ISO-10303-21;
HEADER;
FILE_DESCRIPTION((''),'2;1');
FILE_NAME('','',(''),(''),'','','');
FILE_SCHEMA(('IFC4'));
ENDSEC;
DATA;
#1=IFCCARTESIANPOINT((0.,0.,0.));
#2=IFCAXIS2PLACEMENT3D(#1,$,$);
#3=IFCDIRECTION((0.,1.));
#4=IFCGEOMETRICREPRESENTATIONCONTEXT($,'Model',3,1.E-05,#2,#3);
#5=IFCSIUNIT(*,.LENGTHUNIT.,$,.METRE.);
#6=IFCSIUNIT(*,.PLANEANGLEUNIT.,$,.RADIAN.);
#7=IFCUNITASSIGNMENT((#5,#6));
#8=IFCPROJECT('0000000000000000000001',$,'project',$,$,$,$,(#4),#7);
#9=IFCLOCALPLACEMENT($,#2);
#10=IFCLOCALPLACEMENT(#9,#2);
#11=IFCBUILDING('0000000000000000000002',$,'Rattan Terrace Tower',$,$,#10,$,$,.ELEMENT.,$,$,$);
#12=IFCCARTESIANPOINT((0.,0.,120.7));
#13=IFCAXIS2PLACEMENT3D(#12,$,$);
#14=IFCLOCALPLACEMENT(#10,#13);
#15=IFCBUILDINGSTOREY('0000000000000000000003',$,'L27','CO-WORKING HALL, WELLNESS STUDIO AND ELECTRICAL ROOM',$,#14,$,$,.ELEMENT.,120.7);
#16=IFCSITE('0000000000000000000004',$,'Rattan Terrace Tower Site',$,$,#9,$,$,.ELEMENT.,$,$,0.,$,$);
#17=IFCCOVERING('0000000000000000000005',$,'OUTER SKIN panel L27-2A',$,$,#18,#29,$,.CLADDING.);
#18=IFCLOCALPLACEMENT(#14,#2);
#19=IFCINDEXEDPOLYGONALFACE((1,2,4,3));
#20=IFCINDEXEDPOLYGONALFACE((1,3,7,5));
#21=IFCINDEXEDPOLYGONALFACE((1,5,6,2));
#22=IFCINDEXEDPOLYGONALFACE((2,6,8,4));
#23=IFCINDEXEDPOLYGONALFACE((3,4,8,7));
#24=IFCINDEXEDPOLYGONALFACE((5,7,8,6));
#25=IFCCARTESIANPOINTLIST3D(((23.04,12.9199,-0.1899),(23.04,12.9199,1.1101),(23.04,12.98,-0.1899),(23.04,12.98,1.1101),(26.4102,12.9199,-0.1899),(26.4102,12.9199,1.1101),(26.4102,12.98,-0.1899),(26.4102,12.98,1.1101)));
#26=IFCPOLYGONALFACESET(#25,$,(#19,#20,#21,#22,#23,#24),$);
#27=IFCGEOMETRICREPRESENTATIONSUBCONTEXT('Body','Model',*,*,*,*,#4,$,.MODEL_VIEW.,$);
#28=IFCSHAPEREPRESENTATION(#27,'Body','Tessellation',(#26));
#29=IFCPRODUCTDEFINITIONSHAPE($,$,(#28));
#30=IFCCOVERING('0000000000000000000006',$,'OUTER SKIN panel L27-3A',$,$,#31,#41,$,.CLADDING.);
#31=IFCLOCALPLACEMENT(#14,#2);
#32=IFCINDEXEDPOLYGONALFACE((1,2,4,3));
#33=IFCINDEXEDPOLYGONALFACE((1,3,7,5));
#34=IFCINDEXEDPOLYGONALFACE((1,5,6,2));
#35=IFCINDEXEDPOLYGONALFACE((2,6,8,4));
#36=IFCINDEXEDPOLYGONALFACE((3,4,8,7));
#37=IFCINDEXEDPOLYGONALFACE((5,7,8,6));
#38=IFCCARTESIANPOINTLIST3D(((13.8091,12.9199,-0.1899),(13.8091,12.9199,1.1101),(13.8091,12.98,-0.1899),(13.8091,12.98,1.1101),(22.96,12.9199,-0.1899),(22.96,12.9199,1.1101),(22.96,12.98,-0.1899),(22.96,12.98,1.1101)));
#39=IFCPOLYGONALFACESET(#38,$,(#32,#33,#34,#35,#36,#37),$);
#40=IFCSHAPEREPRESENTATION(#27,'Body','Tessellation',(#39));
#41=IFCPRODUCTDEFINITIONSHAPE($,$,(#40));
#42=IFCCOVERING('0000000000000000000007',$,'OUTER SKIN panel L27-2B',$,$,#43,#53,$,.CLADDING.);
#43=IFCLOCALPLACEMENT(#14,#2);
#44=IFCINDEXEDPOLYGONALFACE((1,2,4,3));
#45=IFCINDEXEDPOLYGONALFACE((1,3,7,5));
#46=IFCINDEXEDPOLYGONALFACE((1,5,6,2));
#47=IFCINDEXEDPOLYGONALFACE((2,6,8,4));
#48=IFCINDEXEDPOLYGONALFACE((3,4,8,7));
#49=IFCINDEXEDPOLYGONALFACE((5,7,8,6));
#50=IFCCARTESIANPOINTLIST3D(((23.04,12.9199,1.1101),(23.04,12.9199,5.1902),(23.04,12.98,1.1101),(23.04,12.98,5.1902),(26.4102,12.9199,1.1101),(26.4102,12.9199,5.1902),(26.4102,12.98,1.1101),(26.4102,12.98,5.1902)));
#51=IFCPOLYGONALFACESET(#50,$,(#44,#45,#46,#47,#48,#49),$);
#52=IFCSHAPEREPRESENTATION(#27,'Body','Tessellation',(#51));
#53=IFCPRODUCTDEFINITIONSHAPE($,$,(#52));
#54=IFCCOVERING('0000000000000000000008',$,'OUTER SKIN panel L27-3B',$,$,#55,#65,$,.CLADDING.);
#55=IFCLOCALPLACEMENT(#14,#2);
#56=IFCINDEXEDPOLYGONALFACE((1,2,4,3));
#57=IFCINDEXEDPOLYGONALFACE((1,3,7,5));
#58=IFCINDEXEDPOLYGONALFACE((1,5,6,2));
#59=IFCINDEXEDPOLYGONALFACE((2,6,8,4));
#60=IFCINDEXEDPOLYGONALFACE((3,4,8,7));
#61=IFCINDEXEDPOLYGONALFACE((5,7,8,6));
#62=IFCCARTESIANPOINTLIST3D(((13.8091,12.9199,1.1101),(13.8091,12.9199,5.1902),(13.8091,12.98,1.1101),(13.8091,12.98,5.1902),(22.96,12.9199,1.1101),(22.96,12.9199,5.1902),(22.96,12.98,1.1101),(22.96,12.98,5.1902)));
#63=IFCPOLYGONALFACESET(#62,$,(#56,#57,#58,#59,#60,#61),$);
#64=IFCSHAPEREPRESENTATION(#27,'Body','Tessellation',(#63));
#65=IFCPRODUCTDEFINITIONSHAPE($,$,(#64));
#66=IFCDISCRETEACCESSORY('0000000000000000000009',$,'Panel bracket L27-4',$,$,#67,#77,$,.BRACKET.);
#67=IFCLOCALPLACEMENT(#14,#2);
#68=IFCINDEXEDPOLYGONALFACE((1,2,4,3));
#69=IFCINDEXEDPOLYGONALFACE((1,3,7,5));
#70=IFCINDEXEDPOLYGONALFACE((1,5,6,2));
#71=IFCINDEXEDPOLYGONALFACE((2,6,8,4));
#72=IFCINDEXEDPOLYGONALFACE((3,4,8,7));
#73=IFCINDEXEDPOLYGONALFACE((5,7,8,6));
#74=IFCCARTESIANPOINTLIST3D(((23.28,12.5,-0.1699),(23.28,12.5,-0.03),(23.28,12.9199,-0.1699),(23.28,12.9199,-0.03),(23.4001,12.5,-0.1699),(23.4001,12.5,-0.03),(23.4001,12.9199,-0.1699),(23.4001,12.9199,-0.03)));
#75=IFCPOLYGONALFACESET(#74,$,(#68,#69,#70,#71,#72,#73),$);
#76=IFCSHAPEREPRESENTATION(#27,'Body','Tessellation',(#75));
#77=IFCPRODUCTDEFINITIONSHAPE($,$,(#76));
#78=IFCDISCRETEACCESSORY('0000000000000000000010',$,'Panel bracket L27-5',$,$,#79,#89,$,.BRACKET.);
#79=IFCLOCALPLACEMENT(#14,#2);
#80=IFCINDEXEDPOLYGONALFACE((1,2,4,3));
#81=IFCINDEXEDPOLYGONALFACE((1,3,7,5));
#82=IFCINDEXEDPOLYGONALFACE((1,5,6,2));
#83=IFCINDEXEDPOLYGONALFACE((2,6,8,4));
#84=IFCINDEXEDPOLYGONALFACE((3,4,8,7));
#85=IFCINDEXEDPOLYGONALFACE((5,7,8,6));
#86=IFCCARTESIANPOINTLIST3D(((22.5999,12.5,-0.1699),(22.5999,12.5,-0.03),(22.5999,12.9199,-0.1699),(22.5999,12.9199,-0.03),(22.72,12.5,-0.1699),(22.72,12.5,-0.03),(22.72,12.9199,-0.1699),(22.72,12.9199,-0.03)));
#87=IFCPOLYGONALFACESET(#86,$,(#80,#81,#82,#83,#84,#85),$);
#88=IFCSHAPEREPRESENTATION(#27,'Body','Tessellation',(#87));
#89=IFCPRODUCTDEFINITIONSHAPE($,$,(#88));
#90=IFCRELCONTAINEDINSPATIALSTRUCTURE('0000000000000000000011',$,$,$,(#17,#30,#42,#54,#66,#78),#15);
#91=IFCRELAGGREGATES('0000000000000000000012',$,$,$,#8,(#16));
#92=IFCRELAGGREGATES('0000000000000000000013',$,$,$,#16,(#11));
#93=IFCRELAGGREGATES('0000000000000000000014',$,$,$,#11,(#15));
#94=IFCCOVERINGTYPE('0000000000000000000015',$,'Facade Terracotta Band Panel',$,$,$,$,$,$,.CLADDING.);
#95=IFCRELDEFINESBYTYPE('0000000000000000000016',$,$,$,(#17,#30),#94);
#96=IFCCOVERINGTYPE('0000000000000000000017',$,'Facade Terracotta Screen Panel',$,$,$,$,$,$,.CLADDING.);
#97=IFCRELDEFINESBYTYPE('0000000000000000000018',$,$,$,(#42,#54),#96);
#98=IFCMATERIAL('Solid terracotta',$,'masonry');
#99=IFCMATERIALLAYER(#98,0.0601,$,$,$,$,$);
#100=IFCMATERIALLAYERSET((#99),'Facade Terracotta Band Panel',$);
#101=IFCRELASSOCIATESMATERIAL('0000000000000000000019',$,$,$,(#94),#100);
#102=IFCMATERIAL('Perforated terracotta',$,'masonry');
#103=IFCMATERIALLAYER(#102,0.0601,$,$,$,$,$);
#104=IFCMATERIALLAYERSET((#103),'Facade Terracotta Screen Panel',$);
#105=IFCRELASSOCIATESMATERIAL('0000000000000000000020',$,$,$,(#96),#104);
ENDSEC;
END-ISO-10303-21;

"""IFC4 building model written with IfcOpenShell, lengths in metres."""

from ifc_helpers import new_model, si_unit, direction, frame, origin, origin_2d, place, context, subcontext, project, spatial, rectangle, extrude, material, layer, layer_set, type_object, element, save


model = new_model("IFC4")

# Units and contexts
model_context = context("Model", 3, precision=1e-05, world=origin(), true_north=direction((0.0, 1.0)))
body_context = subcontext(model_context, "Body", "Model", "MODEL_VIEW")
ifc_project = project(units=[si_unit("LENGTHUNIT", "METRE"), si_unit("PLANEANGLEUNIT", "RADIAN")], contexts=[model_context])

# Site, building, storey
site_placement = place(None, origin())
site = spatial("IfcSite", under=ifc_project, at=site_placement, Name="Rattan Terrace Tower Site", CompositionType="ELEMENT", RefElevation=0.0)
building_placement = place(site_placement, origin())
building = spatial("IfcBuilding", under=site, at=building_placement, Name="Rattan Terrace Tower", CompositionType="ELEMENT")
storey_placement = place(building_placement, frame((0.0, 0.0, 120.7)))
storey = spatial("IfcBuildingStorey", under=building, at=storey_placement, Name="L27", Description="CO-WORKING HALL, WELLNESS STUDIO AND ELECTRICAL ROOM", CompositionType="ELEMENT", Elevation=120.7)

# Coverings
ifc_material_1 = material(Name="Solid terracotta", Category="masonry")
ifc_layer_1 = layer(ifc_material_1, 0.0601)
ifc_layer_set_1 = layer_set([ifc_layer_1], Name="Facade Terracotta Band Panel")
covering_type_1 = type_object("IfcCoveringType", Name="Facade Terracotta Band Panel", PredefinedType="CLADDING", material=ifc_layer_set_1)
covering_1_placement = place(storey_placement, frame((24.7251, 12.95, -0.1899), z_axis=(0.0, 0.0, 1.0), x_axis=(-1.0, 0.0, 0.0)))
element("IfcCovering", 1, at=covering_1_placement, inside=storey, type_object=covering_type_1, Name="OUTER SKIN panel L27-2A", PredefinedType="CLADDING", context=body_context, shape_type="SweptSolid", body=[
    extrude(rectangle(XDim=3.3701, YDim=0.0601, at=origin_2d()), origin(), (0.0, 0.0, 1.0), 1.3),
])
covering_2_placement = place(storey_placement, frame((18.3845, 12.95, -0.1899), z_axis=(0.0, 0.0, 1.0), x_axis=(-1.0, 0.0, 0.0)))
element("IfcCovering", 2, at=covering_2_placement, inside=storey, type_object=covering_type_1, Name="OUTER SKIN panel L27-3A", PredefinedType="CLADDING", context=body_context, shape_type="SweptSolid", body=[
    extrude(rectangle(XDim=9.1509, YDim=0.0601, at=origin_2d()), origin(), (0.0, 0.0, 1.0), 1.3),
])
ifc_material_2 = material(Name="Perforated terracotta", Category="masonry")
ifc_layer_2 = layer(ifc_material_2, 0.0601)
ifc_layer_set_2 = layer_set([ifc_layer_2], Name="Facade Terracotta Screen Panel")
covering_type_2 = type_object("IfcCoveringType", Name="Facade Terracotta Screen Panel", PredefinedType="CLADDING", material=ifc_layer_set_2)
covering_3_placement = place(storey_placement, frame((24.7251, 12.95, 1.1101), z_axis=(0.0, 0.0, 1.0), x_axis=(-1.0, 0.0, 0.0)))
element("IfcCovering", 3, at=covering_3_placement, inside=storey, type_object=covering_type_2, Name="OUTER SKIN panel L27-2B", PredefinedType="CLADDING", context=body_context, shape_type="SweptSolid", body=[
    extrude(rectangle(XDim=3.3701, YDim=0.0601, at=origin_2d()), origin(), (0.0, 0.0, 1.0), 4.0801),
])
covering_4_placement = place(storey_placement, frame((18.3845, 12.95, 1.1101), z_axis=(0.0, 0.0, 1.0), x_axis=(-1.0, 0.0, 0.0)))
element("IfcCovering", 4, at=covering_4_placement, inside=storey, type_object=covering_type_2, Name="OUTER SKIN panel L27-3B", PredefinedType="CLADDING", context=body_context, shape_type="SweptSolid", body=[
    extrude(rectangle(XDim=9.1509, YDim=0.0601, at=origin_2d()), origin(), (0.0, 0.0, 1.0), 4.0801),
])

# Discrete accessories
for number, where, z_axis, x_axis, name in (
    (5, (23.3401, 12.71, -0.1699), (0.0, 0.0, 1.0), (-1.0, 0.0, 0.0), "Panel bracket L27-4"),
    (6, (22.6599, 12.71, -0.1699), (0.0, 0.0, 1.0), (-1.0, 0.0, 0.0), "Panel bracket L27-5"),
):
    element("IfcDiscreteAccessory", number, at=place(storey_placement, frame(where, z_axis=z_axis, x_axis=x_axis)), inside=storey, Name=name, PredefinedType="BRACKET", context=body_context, shape_type="SweptSolid", body=[
        extrude(rectangle(XDim=0.1201, YDim=0.4199, at=origin_2d()), origin(), (0.0, 0.0, 1.0), 0.1399),
    ])

save(model, "model.ifc")
